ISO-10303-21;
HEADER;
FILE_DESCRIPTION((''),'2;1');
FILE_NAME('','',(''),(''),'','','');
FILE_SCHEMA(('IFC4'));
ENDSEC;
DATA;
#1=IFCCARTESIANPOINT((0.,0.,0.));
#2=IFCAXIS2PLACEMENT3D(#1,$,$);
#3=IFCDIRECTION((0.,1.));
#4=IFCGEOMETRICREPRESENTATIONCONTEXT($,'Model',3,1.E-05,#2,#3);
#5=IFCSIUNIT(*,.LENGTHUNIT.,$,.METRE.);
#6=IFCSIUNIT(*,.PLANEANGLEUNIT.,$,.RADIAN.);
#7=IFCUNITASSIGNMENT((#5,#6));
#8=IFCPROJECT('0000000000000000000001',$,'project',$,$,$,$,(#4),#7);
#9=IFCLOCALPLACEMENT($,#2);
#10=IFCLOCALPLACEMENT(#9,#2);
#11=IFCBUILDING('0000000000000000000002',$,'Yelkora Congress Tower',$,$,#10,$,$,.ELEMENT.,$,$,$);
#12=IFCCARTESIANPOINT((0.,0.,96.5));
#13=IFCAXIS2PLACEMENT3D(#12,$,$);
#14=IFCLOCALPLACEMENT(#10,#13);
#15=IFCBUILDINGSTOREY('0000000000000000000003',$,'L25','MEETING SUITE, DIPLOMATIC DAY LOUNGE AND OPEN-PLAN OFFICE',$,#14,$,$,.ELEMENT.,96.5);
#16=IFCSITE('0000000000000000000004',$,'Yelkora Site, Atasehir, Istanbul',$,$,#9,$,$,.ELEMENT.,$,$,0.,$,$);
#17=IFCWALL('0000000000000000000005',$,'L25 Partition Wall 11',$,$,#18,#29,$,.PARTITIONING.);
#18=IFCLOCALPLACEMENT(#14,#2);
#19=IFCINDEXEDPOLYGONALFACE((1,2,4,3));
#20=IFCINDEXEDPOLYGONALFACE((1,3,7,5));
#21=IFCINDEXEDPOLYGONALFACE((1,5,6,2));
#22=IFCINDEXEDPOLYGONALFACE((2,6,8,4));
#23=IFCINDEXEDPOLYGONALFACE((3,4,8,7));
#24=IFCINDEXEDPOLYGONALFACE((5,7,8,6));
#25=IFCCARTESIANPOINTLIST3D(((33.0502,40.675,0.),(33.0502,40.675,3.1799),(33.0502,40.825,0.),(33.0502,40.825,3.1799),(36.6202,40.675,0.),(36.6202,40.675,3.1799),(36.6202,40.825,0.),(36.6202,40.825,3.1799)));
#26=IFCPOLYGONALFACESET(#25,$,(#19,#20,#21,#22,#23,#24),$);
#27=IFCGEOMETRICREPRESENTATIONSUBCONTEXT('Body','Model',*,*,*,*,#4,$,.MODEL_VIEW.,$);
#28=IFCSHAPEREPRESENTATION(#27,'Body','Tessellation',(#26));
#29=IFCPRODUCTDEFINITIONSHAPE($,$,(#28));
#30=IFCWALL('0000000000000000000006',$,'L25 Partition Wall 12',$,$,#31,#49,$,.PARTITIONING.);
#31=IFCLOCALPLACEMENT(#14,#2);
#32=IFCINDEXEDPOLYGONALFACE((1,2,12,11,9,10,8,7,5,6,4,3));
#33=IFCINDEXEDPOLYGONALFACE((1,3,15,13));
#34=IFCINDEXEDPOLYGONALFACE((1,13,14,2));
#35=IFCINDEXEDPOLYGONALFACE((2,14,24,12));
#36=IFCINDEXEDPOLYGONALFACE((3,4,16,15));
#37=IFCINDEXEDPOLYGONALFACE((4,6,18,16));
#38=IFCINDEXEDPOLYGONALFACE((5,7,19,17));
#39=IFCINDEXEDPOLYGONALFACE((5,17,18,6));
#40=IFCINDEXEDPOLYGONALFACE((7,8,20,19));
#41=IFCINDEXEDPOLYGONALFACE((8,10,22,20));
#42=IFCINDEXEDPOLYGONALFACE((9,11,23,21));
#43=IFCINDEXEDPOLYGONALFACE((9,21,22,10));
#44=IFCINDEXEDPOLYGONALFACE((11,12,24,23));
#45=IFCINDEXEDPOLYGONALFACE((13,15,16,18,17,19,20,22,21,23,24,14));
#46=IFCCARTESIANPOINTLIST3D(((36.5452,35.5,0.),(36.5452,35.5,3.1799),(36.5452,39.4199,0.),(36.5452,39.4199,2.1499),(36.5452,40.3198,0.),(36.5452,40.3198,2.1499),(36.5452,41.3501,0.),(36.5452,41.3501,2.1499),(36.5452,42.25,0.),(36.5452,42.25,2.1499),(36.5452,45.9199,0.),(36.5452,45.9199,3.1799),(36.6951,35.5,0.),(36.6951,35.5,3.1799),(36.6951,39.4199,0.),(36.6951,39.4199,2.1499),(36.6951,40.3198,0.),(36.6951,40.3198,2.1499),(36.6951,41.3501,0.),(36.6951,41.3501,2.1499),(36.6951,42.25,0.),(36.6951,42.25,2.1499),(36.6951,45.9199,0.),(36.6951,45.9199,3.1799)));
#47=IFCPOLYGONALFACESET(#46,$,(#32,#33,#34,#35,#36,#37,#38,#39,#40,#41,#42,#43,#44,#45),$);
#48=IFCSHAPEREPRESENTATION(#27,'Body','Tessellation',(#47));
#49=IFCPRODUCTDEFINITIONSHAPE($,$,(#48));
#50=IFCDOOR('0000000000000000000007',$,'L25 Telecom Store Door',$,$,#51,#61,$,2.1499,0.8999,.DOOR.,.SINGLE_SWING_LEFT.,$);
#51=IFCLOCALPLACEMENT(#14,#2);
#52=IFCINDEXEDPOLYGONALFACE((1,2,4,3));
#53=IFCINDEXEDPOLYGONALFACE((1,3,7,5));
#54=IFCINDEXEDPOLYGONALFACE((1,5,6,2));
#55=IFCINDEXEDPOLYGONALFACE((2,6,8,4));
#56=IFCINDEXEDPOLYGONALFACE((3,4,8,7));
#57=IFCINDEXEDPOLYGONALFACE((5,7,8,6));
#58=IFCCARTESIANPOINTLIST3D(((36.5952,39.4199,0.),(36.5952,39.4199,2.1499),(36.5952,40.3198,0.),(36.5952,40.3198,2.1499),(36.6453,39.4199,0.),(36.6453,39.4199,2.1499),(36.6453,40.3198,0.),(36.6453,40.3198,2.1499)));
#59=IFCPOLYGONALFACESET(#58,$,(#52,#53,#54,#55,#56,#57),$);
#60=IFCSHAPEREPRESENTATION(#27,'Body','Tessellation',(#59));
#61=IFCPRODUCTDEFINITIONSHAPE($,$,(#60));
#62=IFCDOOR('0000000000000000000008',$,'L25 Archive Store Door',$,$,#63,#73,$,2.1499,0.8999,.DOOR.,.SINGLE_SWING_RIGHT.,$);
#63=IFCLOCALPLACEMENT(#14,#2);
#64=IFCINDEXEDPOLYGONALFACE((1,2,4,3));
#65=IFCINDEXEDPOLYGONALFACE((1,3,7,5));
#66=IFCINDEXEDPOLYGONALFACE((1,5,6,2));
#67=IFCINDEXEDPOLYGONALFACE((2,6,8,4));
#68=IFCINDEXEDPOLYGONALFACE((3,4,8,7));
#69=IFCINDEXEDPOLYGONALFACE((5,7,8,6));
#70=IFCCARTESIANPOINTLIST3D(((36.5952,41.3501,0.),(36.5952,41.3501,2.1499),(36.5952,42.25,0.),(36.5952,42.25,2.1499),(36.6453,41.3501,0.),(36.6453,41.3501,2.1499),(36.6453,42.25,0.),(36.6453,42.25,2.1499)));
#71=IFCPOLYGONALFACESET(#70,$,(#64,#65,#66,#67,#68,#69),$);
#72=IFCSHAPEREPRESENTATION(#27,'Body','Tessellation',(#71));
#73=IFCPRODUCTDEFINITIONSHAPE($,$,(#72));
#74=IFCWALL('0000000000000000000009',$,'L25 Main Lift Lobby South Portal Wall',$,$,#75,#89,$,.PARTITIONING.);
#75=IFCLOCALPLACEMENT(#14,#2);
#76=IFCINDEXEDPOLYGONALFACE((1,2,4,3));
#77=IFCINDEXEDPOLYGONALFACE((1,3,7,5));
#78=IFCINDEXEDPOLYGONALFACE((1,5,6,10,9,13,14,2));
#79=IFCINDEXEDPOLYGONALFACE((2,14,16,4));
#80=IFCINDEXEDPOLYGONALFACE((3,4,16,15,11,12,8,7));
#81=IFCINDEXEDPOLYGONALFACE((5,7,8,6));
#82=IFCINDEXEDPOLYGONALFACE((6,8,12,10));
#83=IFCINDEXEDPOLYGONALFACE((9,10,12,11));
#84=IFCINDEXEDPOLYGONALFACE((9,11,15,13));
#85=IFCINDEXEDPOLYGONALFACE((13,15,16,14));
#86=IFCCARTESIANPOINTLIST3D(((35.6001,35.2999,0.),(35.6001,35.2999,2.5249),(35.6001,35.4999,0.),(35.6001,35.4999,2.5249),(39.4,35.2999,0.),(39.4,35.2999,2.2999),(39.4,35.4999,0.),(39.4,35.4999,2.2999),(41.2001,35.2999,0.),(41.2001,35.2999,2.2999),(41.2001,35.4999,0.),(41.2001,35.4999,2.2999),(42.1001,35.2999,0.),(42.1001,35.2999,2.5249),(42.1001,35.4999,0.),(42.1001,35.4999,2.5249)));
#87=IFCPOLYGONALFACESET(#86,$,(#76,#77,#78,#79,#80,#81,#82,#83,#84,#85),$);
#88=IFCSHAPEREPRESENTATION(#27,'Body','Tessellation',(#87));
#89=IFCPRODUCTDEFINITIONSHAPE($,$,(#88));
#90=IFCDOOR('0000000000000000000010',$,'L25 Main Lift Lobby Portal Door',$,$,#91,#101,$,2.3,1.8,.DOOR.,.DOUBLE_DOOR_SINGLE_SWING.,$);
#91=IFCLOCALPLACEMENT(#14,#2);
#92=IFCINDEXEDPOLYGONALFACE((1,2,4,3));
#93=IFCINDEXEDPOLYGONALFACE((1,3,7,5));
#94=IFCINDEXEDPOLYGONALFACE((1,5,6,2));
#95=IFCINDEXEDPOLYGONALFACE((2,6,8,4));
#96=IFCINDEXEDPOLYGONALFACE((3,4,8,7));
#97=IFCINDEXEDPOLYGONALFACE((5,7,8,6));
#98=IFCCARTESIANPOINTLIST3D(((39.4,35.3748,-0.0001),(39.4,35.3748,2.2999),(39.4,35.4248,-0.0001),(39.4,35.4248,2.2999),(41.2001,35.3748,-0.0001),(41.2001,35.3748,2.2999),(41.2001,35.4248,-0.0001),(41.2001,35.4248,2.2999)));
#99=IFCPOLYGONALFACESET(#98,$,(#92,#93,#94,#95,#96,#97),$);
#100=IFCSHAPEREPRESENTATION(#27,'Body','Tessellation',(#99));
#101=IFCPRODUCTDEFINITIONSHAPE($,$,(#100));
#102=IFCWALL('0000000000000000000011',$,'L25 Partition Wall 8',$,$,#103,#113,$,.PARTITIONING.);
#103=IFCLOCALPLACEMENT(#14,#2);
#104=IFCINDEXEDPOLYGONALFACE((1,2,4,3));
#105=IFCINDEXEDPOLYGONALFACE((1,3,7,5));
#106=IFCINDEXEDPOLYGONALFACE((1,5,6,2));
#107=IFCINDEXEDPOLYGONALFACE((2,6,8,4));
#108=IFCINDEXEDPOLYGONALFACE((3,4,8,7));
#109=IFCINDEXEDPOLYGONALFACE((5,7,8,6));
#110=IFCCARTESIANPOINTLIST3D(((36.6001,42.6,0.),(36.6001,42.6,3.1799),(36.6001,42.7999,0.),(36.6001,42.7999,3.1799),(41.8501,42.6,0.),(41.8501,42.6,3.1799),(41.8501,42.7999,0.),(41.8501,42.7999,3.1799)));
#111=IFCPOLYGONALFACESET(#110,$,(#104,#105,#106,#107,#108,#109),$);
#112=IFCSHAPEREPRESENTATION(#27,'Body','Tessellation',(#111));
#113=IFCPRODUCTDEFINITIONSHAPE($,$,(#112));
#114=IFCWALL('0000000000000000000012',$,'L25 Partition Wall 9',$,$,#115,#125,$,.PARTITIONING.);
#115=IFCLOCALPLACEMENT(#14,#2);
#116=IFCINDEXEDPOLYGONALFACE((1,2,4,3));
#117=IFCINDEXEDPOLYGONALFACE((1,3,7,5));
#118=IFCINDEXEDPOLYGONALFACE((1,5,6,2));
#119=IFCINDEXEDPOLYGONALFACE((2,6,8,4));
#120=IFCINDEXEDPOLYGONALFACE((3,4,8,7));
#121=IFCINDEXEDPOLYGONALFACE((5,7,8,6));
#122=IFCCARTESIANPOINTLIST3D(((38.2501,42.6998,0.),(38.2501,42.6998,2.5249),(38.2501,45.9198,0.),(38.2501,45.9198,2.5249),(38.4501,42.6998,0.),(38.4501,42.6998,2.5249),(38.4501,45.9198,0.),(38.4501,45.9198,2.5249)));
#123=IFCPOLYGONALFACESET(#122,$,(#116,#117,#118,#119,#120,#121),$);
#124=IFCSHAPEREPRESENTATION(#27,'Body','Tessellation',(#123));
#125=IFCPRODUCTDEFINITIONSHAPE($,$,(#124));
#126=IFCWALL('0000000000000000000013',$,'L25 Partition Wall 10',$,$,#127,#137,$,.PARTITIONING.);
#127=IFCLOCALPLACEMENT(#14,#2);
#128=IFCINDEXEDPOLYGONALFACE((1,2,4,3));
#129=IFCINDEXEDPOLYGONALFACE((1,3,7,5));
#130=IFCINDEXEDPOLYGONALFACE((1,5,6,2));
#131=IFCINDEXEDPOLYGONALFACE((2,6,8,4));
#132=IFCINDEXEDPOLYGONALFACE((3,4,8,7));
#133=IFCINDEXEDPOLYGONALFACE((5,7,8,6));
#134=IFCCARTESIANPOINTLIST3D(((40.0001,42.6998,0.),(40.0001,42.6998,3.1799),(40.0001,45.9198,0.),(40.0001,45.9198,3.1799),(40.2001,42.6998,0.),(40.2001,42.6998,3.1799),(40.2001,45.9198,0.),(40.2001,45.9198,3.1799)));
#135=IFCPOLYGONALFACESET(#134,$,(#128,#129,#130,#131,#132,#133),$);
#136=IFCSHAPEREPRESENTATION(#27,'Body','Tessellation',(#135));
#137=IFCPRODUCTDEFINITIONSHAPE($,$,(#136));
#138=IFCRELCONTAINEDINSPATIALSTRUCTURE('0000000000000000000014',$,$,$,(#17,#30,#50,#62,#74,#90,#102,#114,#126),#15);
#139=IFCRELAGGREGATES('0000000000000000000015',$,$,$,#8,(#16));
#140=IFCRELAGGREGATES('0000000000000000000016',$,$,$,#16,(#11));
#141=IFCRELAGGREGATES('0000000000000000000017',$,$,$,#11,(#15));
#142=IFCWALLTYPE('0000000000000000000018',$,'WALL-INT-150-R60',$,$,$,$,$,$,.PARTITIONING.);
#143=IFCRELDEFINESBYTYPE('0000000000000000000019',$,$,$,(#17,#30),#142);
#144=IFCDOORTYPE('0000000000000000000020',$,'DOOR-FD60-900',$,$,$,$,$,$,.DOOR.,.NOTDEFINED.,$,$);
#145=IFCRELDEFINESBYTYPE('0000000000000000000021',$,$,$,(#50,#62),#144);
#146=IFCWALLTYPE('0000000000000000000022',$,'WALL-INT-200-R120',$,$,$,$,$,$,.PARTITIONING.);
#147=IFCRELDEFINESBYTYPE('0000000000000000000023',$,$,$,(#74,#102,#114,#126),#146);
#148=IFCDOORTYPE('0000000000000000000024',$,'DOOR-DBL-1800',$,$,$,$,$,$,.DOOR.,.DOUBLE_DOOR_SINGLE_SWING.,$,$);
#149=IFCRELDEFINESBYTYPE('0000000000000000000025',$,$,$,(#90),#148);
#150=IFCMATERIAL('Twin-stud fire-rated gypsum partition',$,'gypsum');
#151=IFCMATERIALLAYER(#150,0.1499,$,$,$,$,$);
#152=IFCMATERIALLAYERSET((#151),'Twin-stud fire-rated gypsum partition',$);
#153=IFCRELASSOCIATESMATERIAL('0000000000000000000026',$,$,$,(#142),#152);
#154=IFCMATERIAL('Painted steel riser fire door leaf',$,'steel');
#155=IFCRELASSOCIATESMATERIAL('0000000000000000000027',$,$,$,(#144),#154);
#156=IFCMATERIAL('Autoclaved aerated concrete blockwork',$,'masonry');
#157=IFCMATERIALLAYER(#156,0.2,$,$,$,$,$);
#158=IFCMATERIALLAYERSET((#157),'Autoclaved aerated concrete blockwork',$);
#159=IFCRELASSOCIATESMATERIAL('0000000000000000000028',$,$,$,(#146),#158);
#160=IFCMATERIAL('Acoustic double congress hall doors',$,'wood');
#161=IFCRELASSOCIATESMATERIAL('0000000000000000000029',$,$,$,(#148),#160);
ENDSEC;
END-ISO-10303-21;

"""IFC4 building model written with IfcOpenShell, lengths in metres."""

from ifc_helpers import new_model, si_unit, direction, frame, frame_2d, origin, place, context, subcontext, project, spatial, rectangle, extrude, material, layer, layer_set, type_object, element, fill, save


model = new_model("IFC4")

# Units and contexts
model_context = context("Model", 3, precision=1e-05, world=origin(), true_north=direction((0.0, 1.0)))
body_context = subcontext(model_context, "Body", "Model", "MODEL_VIEW")
ifc_project = project(units=[si_unit("LENGTHUNIT", "METRE"), si_unit("PLANEANGLEUNIT", "RADIAN")], contexts=[model_context])

# Site, building, storey
site_placement = place(None, origin())
site = spatial("IfcSite", under=ifc_project, at=site_placement, Name="Yelkora Site, Atasehir, Istanbul", CompositionType="ELEMENT", RefElevation=0.0)
building_placement = place(site_placement, origin())
building = spatial("IfcBuilding", under=site, at=building_placement, Name="Yelkora Congress Tower", CompositionType="ELEMENT")
storey_placement = place(building_placement, frame((0.0, 0.0, 96.5)))
storey = spatial("IfcBuildingStorey", under=building, at=storey_placement, Name="L25", Description="MEETING SUITE, DIPLOMATIC DAY LOUNGE AND OPEN-PLAN OFFICE", CompositionType="ELEMENT", Elevation=96.5)

# Wall
ifc_material_1 = material(Name="Twin-stud fire-rated gypsum partition", Category="gypsum")
ifc_layer_1 = layer(ifc_material_1, 0.1499)
ifc_layer_set_1 = layer_set([ifc_layer_1], Name="Twin-stud fire-rated gypsum partition")
wall_type_1 = type_object("IfcWallType", Name="WALL-INT-150-R60", PredefinedType="PARTITIONING", material=ifc_layer_set_1)
wall_1_placement = place(storey_placement, frame((33.05, 40.75, 0.0), z_axis=(0.0, 0.0, 1.0), x_axis=(1.0, 0.0, 0.0)))
element("IfcWall", 1, at=wall_1_placement, inside=storey, type_object=wall_type_1, Name="L25 Partition Wall 11", PredefinedType="PARTITIONING", context=body_context, shape_type="SweptSolid", body=[
    extrude(rectangle(XDim=3.5701, YDim=0.1499, at=frame_2d((1.7852, 0.0))), origin(), (0.0, 0.0, 1.0), 3.1799),
])

# Wall, openings, doors
wall_2_placement = place(storey_placement, frame((36.6201, 35.5, 0.0), z_axis=(0.0, 0.0, 1.0), x_axis=(0.0, 1.0, 0.0)))
wall_2 = element("IfcWall", 2, at=wall_2_placement, inside=storey, type_object=wall_type_1, Name="L25 Partition Wall 12", PredefinedType="PARTITIONING", context=body_context, shape_type="SweptSolid", body=[
    extrude(rectangle(XDim=10.4199, YDim=0.1499, at=frame_2d((5.21, 0.0))), origin(), (0.0, 0.0, 1.0), 3.1799),
])
opening_1_placement = place(wall_2_placement, frame((3.9199, 0.0, 0.0)))
opening_1 = element("IfcOpeningElement", 3, at=opening_1_placement, cuts=wall_2, PredefinedType="OPENING", context=body_context, shape_type="SweptSolid", body=[
    extrude(rectangle(XDim=0.8999, YDim=2.1499, at=frame_2d((0.45, 1.075))), frame((0.0, 0.085, 0.0), z_axis=(0.0, -1.0, 0.0), x_axis=(1.0, 0.0, 0.0)), (0.0, 0.0, 1.0), 0.1699),
])
opening_2_placement = place(wall_2_placement, frame((5.8501, 0.0, 0.0)))
opening_2 = element("IfcOpeningElement", 4, at=opening_2_placement, cuts=wall_2, PredefinedType="OPENING", context=body_context, shape_type="SweptSolid", body=[
    extrude(rectangle(XDim=0.8999, YDim=2.1499, at=frame_2d((0.45, 1.075))), frame((0.0, 0.085, 0.0), z_axis=(0.0, -1.0, 0.0), x_axis=(1.0, 0.0, 0.0)), (0.0, 0.0, 1.0), 0.1699),
])
ifc_material_2 = material(Name="Painted steel riser fire door leaf", Category="steel")
door_type_1 = type_object("IfcDoorType", Name="DOOR-FD60-900", OperationType="NOTDEFINED", PredefinedType="DOOR", material=ifc_material_2)
door_1_placement = place(opening_1_placement, origin())
door_1 = element("IfcDoor", 5, at=door_1_placement, inside=storey, type_object=door_type_1, Name="L25 Telecom Store Door", OperationType="SINGLE_SWING_LEFT", OverallHeight=2.1499, OverallWidth=0.8999, PredefinedType="DOOR", context=body_context, shape_type="SweptSolid", body=[
    extrude(rectangle(XDim=0.8999, YDim=2.1499, at=frame_2d((0.45, 1.075))), frame((0.0, 0.0249, 0.0), z_axis=(0.0, -1.0, 0.0), x_axis=(1.0, 0.0, 0.0)), (0.0, 0.0, 1.0), 0.05),
])
fill(opening_1, door_1)
door_2_placement = place(opening_2_placement, origin())
door_2 = element("IfcDoor", 6, at=door_2_placement, inside=storey, type_object=door_type_1, Name="L25 Archive Store Door", OperationType="SINGLE_SWING_RIGHT", OverallHeight=2.1499, OverallWidth=0.8999, PredefinedType="DOOR", context=body_context, shape_type="SweptSolid", body=[
    extrude(rectangle(XDim=0.8999, YDim=2.1499, at=frame_2d((0.45, 1.075))), frame((0.0, 0.0249, 0.0), z_axis=(0.0, -1.0, 0.0), x_axis=(1.0, 0.0, 0.0)), (0.0, 0.0, 1.0), 0.05),
])
fill(opening_2, door_2)

# Wall, opening, door
ifc_material_3 = material(Name="Autoclaved aerated concrete blockwork", Category="masonry")
ifc_layer_2 = layer(ifc_material_3, 0.2)
ifc_layer_set_2 = layer_set([ifc_layer_2], Name="Autoclaved aerated concrete blockwork")
wall_type_2 = type_object("IfcWallType", Name="WALL-INT-200-R120", PredefinedType="PARTITIONING", material=ifc_layer_set_2)
wall_3_placement = place(storey_placement, frame((35.6001, 35.3999, 0.0), z_axis=(0.0, 0.0, 1.0), x_axis=(1.0, 0.0, 0.0)))
wall_3 = element("IfcWall", 7, at=wall_3_placement, inside=storey, type_object=wall_type_2, Name="L25 Main Lift Lobby South Portal Wall", PredefinedType="PARTITIONING", context=body_context, shape_type="SweptSolid", body=[
    extrude(rectangle(XDim=6.5, YDim=0.2, at=frame_2d((3.25, 0.0))), origin(), (0.0, 0.0, 1.0), 2.5249),
])
opening_3_placement = place(wall_3_placement, frame((3.8, 0.0, 0.0)))
opening_3 = element("IfcOpeningElement", 8, at=opening_3_placement, cuts=wall_3, PredefinedType="OPENING", context=body_context, shape_type="SweptSolid", body=[
    extrude(rectangle(XDim=1.8, YDim=2.3, at=frame_2d((0.8999, 1.1499))), frame((0.0, 0.1099, 0.0), z_axis=(0.0, -1.0, 0.0), x_axis=(1.0, 0.0, 0.0)), (0.0, 0.0, 1.0), 0.22),
])
ifc_material_4 = material(Name="Acoustic double congress hall doors", Category="wood")
door_type_2 = type_object("IfcDoorType", Name="DOOR-DBL-1800", OperationType="DOUBLE_DOOR_SINGLE_SWING", PredefinedType="DOOR", material=ifc_material_4)
door_3_placement = place(opening_3_placement, origin())
door_3 = element("IfcDoor", 9, at=door_3_placement, inside=storey, type_object=door_type_2, Name="L25 Main Lift Lobby Portal Door", OperationType="DOUBLE_DOOR_SINGLE_SWING", OverallHeight=2.3, OverallWidth=1.8, PredefinedType="DOOR", context=body_context, shape_type="SweptSolid", body=[
    extrude(rectangle(XDim=1.8, YDim=2.3, at=frame_2d((0.8999, 1.1499))), frame((0.0, 0.0249, 0.0), z_axis=(0.0, -1.0, 0.0), x_axis=(1.0, 0.0, 0.0)), (0.0, 0.0, 1.0), 0.05),
])
fill(opening_3, door_3)

# Walls
wall_4_placement = place(storey_placement, frame((36.6001, 42.7, 0.0), z_axis=(0.0, 0.0, 1.0), x_axis=(1.0, 0.0, 0.0)))
element("IfcWall", 10, at=wall_4_placement, inside=storey, type_object=wall_type_2, Name="L25 Partition Wall 8", PredefinedType="PARTITIONING", context=body_context, shape_type="SweptSolid", body=[
    extrude(rectangle(XDim=5.25, YDim=0.2, at=frame_2d((2.625, 0.0))), origin(), (0.0, 0.0, 1.0), 3.1799),
])
wall_5_placement = place(storey_placement, frame((38.3501, 42.7, 0.0), z_axis=(0.0, 0.0, 1.0), x_axis=(0.0, 1.0, 0.0)))
element("IfcWall", 11, at=wall_5_placement, inside=storey, type_object=wall_type_2, Name="L25 Partition Wall 9", PredefinedType="PARTITIONING", context=body_context, shape_type="SweptSolid", body=[
    extrude(rectangle(XDim=3.22, YDim=0.2, at=frame_2d((1.6099, 0.0))), origin(), (0.0, 0.0, 1.0), 2.5249),
])
wall_6_placement = place(storey_placement, frame((40.1001, 42.7, 0.0), z_axis=(0.0, 0.0, 1.0), x_axis=(0.0, 1.0, 0.0)))
element("IfcWall", 12, at=wall_6_placement, inside=storey, type_object=wall_type_2, Name="L25 Partition Wall 10", PredefinedType="PARTITIONING", context=body_context, shape_type="SweptSolid", body=[
    extrude(rectangle(XDim=3.22, YDim=0.2, at=frame_2d((1.6099, 0.0))), origin(), (0.0, 0.0, 1.0), 3.1799),
])

save(model, "model.ifc")
